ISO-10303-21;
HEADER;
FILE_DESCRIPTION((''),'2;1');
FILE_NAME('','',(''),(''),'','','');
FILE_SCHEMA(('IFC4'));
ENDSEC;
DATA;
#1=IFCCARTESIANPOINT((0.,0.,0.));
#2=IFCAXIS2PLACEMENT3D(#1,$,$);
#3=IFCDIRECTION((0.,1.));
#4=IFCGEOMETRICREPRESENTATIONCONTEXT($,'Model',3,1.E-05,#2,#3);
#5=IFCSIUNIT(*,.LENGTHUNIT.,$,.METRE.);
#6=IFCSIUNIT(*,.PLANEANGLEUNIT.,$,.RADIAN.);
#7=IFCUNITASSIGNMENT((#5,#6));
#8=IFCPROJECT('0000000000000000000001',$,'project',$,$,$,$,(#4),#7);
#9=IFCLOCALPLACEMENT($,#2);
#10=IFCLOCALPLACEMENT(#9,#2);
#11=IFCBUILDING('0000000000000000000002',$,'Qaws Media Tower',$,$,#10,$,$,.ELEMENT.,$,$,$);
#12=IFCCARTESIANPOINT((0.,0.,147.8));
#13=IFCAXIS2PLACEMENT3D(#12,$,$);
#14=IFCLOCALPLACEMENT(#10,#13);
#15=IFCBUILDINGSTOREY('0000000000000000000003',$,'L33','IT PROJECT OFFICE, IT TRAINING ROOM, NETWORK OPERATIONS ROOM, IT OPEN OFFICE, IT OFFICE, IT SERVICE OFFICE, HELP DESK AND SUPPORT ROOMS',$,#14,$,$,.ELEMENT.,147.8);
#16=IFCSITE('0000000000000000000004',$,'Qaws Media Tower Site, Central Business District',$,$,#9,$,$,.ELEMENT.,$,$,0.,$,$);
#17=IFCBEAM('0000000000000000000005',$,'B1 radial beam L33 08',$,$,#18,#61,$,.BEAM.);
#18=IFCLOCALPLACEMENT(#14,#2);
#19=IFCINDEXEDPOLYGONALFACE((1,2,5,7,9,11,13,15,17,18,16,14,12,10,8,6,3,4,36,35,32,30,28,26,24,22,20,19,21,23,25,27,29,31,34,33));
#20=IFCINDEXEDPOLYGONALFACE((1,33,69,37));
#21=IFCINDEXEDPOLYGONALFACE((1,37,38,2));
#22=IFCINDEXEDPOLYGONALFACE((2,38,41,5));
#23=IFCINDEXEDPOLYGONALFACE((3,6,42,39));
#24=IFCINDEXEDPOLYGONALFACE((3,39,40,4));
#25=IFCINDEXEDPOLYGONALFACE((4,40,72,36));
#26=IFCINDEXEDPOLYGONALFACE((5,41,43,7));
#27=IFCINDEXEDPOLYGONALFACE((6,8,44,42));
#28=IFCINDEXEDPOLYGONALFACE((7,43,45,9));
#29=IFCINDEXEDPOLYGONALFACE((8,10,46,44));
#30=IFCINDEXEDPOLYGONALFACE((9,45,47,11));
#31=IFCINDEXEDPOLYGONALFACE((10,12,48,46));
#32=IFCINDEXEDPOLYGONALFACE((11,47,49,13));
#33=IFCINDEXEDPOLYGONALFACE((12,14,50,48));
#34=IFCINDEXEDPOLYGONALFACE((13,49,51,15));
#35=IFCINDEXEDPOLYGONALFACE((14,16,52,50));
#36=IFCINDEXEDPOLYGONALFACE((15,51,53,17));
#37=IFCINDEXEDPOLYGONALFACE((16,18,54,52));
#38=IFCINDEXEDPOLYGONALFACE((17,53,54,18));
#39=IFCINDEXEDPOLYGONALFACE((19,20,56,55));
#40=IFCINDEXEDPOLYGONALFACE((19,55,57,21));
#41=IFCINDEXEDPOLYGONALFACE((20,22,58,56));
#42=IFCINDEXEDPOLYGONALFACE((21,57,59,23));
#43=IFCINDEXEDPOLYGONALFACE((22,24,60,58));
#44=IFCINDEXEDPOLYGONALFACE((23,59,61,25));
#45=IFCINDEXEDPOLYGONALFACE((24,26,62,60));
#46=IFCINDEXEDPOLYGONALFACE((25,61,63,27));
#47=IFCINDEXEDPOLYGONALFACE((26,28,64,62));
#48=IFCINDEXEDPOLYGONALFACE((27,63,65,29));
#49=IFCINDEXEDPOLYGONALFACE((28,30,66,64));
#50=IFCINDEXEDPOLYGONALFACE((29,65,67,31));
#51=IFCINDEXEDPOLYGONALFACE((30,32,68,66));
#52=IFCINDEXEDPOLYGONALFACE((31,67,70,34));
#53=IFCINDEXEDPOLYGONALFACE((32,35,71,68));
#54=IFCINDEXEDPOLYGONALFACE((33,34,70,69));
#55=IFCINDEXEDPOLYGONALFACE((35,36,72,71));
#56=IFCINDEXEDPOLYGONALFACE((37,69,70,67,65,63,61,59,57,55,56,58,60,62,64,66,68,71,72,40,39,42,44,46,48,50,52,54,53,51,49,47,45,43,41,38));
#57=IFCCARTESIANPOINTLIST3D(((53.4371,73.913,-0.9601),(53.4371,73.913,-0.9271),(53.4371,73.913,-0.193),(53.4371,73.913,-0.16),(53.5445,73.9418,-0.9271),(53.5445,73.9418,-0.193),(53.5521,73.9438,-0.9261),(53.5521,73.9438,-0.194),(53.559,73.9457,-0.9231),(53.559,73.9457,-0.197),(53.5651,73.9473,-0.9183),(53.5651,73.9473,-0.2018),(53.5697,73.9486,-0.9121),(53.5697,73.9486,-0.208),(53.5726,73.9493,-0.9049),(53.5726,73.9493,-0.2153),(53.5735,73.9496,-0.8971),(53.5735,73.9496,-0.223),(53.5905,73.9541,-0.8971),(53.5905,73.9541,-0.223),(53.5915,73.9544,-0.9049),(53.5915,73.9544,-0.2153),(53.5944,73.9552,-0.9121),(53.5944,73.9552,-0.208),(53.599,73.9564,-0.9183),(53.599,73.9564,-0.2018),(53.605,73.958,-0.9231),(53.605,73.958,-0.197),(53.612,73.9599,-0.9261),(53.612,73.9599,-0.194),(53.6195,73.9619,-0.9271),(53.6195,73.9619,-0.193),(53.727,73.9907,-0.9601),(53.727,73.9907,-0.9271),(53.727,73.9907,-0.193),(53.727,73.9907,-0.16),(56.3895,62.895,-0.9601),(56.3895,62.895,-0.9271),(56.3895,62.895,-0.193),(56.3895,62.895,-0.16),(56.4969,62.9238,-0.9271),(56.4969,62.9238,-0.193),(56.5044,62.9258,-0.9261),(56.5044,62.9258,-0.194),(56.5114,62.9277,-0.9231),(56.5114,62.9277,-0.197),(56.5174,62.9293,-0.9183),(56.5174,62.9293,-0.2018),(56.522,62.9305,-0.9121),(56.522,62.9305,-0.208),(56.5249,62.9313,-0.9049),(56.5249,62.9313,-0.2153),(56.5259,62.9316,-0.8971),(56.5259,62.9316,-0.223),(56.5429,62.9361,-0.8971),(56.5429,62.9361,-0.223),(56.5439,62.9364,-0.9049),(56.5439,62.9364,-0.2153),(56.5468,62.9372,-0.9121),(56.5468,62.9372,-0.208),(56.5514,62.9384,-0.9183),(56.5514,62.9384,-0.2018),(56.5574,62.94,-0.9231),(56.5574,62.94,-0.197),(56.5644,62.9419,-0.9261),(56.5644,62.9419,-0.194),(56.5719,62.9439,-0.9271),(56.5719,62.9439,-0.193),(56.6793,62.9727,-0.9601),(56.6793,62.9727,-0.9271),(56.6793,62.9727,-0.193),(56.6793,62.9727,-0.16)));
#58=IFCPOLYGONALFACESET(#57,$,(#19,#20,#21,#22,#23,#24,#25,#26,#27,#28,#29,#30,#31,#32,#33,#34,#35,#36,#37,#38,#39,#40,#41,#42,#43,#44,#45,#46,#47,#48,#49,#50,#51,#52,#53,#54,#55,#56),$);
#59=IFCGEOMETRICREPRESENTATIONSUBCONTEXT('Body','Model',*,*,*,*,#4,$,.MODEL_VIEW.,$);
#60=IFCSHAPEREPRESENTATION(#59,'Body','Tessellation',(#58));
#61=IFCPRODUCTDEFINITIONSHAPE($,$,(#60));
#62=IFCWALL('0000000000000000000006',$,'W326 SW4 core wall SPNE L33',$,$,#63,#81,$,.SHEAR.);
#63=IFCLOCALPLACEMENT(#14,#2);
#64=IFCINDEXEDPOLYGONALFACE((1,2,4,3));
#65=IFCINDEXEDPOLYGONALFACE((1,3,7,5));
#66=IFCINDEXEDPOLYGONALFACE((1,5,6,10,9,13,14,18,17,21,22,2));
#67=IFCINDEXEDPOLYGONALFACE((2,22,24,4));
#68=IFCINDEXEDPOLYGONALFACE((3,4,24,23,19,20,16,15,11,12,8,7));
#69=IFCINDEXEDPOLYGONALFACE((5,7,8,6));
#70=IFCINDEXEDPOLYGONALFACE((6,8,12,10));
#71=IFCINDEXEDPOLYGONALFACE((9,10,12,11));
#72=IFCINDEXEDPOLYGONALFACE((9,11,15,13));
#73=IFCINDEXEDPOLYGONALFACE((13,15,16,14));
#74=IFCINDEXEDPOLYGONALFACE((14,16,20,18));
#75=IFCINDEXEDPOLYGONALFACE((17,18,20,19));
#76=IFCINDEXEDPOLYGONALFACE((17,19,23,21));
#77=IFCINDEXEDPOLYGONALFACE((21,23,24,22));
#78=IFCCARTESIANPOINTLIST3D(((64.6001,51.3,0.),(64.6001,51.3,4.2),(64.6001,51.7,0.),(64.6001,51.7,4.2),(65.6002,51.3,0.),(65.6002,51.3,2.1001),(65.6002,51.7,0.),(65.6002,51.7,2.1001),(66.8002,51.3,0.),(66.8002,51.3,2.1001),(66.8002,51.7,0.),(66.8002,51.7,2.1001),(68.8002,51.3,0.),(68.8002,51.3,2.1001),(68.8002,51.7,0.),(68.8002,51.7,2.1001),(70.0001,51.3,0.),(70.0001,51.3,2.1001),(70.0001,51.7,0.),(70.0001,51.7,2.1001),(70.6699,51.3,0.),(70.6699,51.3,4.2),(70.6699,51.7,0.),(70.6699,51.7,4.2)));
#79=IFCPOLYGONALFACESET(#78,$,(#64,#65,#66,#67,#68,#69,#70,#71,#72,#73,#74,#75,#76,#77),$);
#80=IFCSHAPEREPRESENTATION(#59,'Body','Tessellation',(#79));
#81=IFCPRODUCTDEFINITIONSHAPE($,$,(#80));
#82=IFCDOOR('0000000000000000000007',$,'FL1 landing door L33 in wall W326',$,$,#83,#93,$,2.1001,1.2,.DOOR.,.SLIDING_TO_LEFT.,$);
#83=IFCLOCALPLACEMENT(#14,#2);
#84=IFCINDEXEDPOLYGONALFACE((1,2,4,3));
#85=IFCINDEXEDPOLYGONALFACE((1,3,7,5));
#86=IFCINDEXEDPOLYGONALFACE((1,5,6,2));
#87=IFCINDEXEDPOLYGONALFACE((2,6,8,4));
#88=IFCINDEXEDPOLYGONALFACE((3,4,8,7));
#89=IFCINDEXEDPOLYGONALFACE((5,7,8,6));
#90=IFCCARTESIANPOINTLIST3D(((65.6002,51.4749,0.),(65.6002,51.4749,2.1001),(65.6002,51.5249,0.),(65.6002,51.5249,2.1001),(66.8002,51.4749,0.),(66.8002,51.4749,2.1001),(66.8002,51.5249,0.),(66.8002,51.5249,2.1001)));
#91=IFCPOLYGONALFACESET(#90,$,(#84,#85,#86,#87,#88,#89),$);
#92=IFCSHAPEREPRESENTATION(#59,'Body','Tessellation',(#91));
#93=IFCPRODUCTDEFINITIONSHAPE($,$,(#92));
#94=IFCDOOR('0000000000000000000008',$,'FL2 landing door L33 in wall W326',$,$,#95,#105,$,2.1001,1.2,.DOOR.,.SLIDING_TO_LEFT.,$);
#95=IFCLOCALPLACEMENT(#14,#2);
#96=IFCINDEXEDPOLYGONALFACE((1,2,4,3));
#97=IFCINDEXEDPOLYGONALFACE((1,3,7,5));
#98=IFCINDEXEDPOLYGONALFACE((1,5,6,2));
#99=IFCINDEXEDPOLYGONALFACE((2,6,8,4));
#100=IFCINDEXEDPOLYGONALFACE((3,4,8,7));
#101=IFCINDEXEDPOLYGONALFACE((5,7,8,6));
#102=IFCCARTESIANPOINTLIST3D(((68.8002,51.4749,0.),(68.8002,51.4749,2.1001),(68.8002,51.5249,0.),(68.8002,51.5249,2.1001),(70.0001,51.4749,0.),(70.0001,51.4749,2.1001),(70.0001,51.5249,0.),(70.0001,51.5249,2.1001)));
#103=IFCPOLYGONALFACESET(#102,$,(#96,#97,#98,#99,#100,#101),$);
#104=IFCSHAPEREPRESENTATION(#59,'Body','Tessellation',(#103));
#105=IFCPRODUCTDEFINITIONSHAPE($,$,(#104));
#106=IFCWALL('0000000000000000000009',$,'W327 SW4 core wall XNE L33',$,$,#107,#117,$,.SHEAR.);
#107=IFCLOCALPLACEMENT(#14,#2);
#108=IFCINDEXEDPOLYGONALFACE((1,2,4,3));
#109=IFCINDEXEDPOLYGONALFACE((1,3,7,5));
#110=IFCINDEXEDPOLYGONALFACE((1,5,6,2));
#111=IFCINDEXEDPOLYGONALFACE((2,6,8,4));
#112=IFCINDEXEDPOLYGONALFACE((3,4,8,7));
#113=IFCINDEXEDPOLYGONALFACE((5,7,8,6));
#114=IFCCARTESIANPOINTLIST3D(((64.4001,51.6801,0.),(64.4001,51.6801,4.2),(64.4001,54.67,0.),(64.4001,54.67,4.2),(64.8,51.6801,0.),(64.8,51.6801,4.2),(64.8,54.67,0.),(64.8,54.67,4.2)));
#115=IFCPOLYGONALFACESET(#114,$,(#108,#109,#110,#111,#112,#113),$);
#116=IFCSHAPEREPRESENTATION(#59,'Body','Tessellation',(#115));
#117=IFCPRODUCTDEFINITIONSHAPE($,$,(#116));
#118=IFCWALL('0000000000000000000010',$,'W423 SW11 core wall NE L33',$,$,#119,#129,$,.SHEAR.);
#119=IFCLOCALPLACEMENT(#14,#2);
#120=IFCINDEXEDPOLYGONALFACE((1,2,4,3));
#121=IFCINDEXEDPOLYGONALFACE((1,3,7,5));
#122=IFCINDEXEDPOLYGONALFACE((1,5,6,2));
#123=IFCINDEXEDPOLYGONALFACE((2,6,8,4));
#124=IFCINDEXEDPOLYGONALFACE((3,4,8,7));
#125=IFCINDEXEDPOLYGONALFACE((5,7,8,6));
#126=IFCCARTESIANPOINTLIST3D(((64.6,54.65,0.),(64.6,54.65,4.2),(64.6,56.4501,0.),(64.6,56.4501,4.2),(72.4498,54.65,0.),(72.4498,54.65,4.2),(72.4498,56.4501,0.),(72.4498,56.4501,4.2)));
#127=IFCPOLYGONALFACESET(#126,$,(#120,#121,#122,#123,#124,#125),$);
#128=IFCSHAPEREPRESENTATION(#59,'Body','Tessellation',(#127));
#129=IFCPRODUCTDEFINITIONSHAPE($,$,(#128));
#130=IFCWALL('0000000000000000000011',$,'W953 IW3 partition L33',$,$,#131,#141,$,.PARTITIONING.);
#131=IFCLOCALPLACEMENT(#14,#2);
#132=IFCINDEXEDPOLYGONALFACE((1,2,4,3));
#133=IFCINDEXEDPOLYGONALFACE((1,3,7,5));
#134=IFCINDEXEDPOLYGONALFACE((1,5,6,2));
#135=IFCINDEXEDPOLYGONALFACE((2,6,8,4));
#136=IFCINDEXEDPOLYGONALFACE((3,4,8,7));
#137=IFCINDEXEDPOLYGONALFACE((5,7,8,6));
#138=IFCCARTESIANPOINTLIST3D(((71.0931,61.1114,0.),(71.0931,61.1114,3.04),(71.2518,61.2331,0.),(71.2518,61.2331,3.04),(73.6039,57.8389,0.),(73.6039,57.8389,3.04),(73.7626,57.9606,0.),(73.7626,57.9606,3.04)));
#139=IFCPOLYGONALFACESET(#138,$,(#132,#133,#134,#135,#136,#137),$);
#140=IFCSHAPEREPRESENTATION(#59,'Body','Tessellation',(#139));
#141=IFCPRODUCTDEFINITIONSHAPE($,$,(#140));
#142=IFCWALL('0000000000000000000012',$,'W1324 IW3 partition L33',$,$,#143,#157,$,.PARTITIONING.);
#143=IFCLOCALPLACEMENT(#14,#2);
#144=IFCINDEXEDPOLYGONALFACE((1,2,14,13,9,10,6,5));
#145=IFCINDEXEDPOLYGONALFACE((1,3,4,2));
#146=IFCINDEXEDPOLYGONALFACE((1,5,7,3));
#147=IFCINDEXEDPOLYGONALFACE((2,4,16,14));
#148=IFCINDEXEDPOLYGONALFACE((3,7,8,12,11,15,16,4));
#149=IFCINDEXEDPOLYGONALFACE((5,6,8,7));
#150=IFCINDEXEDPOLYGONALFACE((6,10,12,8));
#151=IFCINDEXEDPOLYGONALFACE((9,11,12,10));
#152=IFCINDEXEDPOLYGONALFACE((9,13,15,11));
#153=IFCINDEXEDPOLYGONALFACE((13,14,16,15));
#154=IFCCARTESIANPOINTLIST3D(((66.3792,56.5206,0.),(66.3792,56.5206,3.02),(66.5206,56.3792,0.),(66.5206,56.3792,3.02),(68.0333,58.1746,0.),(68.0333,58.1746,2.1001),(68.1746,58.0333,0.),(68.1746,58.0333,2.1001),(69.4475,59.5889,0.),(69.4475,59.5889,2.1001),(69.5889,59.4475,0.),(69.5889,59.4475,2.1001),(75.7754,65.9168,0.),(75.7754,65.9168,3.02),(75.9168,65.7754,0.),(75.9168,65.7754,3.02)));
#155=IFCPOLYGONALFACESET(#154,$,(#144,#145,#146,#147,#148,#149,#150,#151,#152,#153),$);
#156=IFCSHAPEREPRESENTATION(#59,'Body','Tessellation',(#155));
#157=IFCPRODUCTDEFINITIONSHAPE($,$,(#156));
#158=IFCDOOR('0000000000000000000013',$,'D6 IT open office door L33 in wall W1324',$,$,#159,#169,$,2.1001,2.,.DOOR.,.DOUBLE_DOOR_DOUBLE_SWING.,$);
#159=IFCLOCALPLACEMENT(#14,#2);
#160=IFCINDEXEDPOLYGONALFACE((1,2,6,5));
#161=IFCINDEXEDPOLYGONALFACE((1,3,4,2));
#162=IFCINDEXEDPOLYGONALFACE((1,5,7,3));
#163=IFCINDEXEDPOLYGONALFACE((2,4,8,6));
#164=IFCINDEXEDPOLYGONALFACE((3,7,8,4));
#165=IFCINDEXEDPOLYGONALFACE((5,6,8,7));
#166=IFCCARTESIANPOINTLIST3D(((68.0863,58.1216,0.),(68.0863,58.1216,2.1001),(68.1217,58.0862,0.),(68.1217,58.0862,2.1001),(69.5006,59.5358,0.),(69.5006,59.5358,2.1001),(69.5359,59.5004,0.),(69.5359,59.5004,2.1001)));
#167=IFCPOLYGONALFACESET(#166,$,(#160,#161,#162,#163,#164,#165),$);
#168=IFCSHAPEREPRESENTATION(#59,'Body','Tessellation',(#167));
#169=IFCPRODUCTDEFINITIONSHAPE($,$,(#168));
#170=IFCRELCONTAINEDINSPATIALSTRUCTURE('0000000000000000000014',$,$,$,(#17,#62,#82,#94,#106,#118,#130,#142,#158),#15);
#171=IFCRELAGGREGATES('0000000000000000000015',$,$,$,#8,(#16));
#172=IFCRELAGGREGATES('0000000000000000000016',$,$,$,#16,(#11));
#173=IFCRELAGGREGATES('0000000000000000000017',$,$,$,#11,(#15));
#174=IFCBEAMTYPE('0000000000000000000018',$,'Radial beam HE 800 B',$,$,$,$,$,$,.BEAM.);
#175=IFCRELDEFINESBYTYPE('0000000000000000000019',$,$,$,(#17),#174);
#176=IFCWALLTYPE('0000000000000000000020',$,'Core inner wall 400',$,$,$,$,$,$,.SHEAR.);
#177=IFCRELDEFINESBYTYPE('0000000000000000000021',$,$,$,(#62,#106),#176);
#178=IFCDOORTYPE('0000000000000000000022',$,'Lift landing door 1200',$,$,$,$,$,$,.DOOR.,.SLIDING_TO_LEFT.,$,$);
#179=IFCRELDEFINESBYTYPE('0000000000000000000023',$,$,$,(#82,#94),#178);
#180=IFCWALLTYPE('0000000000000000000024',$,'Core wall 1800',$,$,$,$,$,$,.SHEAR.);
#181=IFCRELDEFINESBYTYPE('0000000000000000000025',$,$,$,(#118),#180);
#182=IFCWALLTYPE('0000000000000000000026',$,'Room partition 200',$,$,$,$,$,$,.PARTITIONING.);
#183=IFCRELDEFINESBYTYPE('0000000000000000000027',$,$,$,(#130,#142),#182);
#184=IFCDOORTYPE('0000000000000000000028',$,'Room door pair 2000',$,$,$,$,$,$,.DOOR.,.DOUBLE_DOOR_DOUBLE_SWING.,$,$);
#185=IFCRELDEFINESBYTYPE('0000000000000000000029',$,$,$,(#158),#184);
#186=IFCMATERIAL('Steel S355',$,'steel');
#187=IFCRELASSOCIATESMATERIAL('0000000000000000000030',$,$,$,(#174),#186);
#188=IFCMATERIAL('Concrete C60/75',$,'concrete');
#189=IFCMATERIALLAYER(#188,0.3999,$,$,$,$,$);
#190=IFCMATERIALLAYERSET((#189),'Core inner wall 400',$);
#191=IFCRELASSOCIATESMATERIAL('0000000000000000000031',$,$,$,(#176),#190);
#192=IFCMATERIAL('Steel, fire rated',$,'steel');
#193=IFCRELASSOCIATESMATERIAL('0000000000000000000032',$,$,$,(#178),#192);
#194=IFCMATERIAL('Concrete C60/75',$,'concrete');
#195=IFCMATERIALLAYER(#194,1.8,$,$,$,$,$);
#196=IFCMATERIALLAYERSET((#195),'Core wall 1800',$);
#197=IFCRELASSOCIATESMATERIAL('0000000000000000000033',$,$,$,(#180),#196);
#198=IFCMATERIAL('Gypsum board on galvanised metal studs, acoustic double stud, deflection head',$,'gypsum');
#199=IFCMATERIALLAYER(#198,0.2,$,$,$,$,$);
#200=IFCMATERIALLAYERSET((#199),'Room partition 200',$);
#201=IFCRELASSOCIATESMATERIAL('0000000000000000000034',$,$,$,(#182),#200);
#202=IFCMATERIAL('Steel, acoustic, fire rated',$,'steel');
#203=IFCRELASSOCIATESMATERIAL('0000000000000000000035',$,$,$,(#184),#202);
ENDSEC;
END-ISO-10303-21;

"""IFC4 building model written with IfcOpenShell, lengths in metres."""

from ifc_helpers import new_model, si_unit, direction, frame, frame_2d, origin, origin_2d, place, context, subcontext, project, spatial, rectangle, i_section, extrude, material, layer, layer_set, material_profile, profile_set, type_object, element, fill, save


model = new_model("IFC4")

# Units and contexts
model_context = context("Model", 3, precision=1e-05, world=origin(), true_north=direction((0.0, 1.0)))
body_context = subcontext(model_context, "Body", "Model", "MODEL_VIEW")
ifc_project = project(units=[si_unit("LENGTHUNIT", "METRE"), si_unit("PLANEANGLEUNIT", "RADIAN")], contexts=[model_context])

# Site, building, storey
site_placement = place(None, origin())
site = spatial("IfcSite", under=ifc_project, at=site_placement, Name="Qaws Media Tower Site, Central Business District", CompositionType="ELEMENT", RefElevation=0.0)
building_placement = place(site_placement, origin())
building = spatial("IfcBuilding", under=site, at=building_placement, Name="Qaws Media Tower", CompositionType="ELEMENT")
storey_placement = place(building_placement, frame((0.0, 0.0, 147.8)))
storey = spatial("IfcBuildingStorey", under=building, at=storey_placement, Name="L33", Description="IT PROJECT OFFICE, IT TRAINING ROOM, NETWORK OPERATIONS ROOM, IT OPEN OFFICE, IT OFFICE, IT SERVICE OFFICE, HELP DESK AND SUPPORT ROOMS", CompositionType="ELEMENT", Elevation=147.8)

# Beam
ifc_material_1 = material(Name="Steel S355", Category="steel")
ifc_material_profile_1 = material_profile(ifc_material_1, i_section(OverallWidth=0.3, OverallDepth=0.8, WebThickness=0.0176, FlangeThickness=0.033, FilletRadius=0.03, at=origin_2d()), Name="HE 800 B")
ifc_profile_set_1 = profile_set([ifc_material_profile_1], Name="Steel S355")
beam_type_1 = type_object("IfcBeamType", Name="Radial beam HE 800 B", PredefinedType="BEAM", material=ifc_profile_set_1)
beam_1_placement = place(storey_placement, frame((56.5344, 62.9338, -0.5601), z_axis=(-0.258828, 0.965923, 0.0), x_axis=(-0.965923, -0.258828, 0.0)))
element("IfcBeam", 1, at=beam_1_placement, inside=storey, type_object=beam_type_1, Name="B1 radial beam L33 08", PredefinedType="BEAM", context=body_context, shape_type="SweptSolid", body=[
    extrude(i_section(OverallWidth=0.3, OverallDepth=0.8, WebThickness=0.0176, FlangeThickness=0.033, FilletRadius=0.03, at=origin_2d()), origin(), (0.0, 0.0, 1.0), 11.4067),
])

# Wall, openings, doors
ifc_material_2 = material(Name="Concrete C60/75", Category="concrete")
ifc_layer_1 = layer(ifc_material_2, 0.3999)
ifc_layer_set_1 = layer_set([ifc_layer_1], Name="Core inner wall 400")
wall_type_1 = type_object("IfcWallType", Name="Core inner wall 400", PredefinedType="SHEAR", material=ifc_layer_set_1)
wall_1_placement = place(storey_placement, frame((64.6001, 51.5, 0.0), z_axis=(0.0, 0.0, 1.0), x_axis=(1.0, 0.0, 0.0)))
wall_1 = element("IfcWall", 2, at=wall_1_placement, inside=storey, type_object=wall_type_1, Name="W326 SW4 core wall SPNE L33", PredefinedType="SHEAR", context=body_context, shape_type="SweptSolid", body=[
    extrude(rectangle(XDim=6.0698, YDim=0.3999, at=frame_2d((3.0349, 0.0))), origin(), (0.0, 0.0, 1.0), 4.2),
])
opening_1_placement = place(wall_1_placement, frame((1.0, 0.0, 0.0)))
opening_1 = element("IfcOpeningElement", 3, at=opening_1_placement, cuts=wall_1, PredefinedType="OPENING", context=body_context, shape_type="SweptSolid", body=[
    extrude(rectangle(XDim=1.2, YDim=2.1001, at=frame_2d((0.6001, 1.05))), frame((0.0, 0.21, 0.0), z_axis=(0.0, -1.0, 0.0), x_axis=(1.0, 0.0, 0.0)), (0.0, 0.0, 1.0), 0.4199),
])
opening_2_placement = place(wall_1_placement, frame((4.2, 0.0, 0.0)))
opening_2 = element("IfcOpeningElement", 4, at=opening_2_placement, cuts=wall_1, PredefinedType="OPENING", context=body_context, shape_type="SweptSolid", body=[
    extrude(rectangle(XDim=1.2, YDim=2.1001, at=frame_2d((0.6001, 1.05))), frame((0.0, 0.21, 0.0), z_axis=(0.0, -1.0, 0.0), x_axis=(1.0, 0.0, 0.0)), (0.0, 0.0, 1.0), 0.4199),
])
ifc_material_3 = material(Name="Steel, fire rated", Category="steel")
door_type_1 = type_object("IfcDoorType", Name="Lift landing door 1200", OperationType="SLIDING_TO_LEFT", PredefinedType="DOOR", material=ifc_material_3)
door_1_placement = place(opening_1_placement, origin())
door_1 = element("IfcDoor", 5, at=door_1_placement, inside=storey, type_object=door_type_1, Name="FL1 landing door L33 in wall W326", OperationType="SLIDING_TO_LEFT", OverallHeight=2.1001, OverallWidth=1.2, PredefinedType="DOOR", context=body_context, shape_type="SweptSolid", body=[
    extrude(rectangle(XDim=1.2, YDim=2.1001, at=frame_2d((0.6001, 1.05))), frame((0.0, 0.0249, 0.0), z_axis=(0.0, -1.0, 0.0), x_axis=(1.0, 0.0, 0.0)), (0.0, 0.0, 1.0), 0.05),
])
fill(opening_1, door_1)
door_2_placement = place(opening_2_placement, origin())
door_2 = element("IfcDoor", 6, at=door_2_placement, inside=storey, type_object=door_type_1, Name="FL2 landing door L33 in wall W326", OperationType="SLIDING_TO_LEFT", OverallHeight=2.1001, OverallWidth=1.2, PredefinedType="DOOR", context=body_context, shape_type="SweptSolid", body=[
    extrude(rectangle(XDim=1.2, YDim=2.1001, at=frame_2d((0.6001, 1.05))), frame((0.0, 0.0249, 0.0), z_axis=(0.0, -1.0, 0.0), x_axis=(1.0, 0.0, 0.0)), (0.0, 0.0, 1.0), 0.05),
])
fill(opening_2, door_2)

# Walls
wall_2_placement = place(storey_placement, frame((64.6001, 51.6799, 0.0), z_axis=(0.0, 0.0, 1.0), x_axis=(0.0, 1.0, 0.0)))
element("IfcWall", 7, at=wall_2_placement, inside=storey, type_object=wall_type_1, Name="W327 SW4 core wall XNE L33", PredefinedType="SHEAR", context=body_context, shape_type="SweptSolid", body=[
    extrude(rectangle(XDim=2.99, YDim=0.3999, at=frame_2d((1.4951, 0.0))), origin(), (0.0, 0.0, 1.0), 4.2),
])
ifc_material_4 = material(Name="Concrete C60/75", Category="concrete")
ifc_layer_2 = layer(ifc_material_4, 1.8)
ifc_layer_set_2 = layer_set([ifc_layer_2], Name="Core wall 1800")
wall_type_2 = type_object("IfcWallType", Name="Core wall 1800", PredefinedType="SHEAR", material=ifc_layer_set_2)
wall_3_placement = place(storey_placement, frame((64.6001, 55.55, 0.0), z_axis=(0.0, 0.0, 1.0), x_axis=(1.0, 0.0, 0.0)))
element("IfcWall", 8, at=wall_3_placement, inside=storey, type_object=wall_type_2, Name="W423 SW11 core wall NE L33", PredefinedType="SHEAR", context=body_context, shape_type="SweptSolid", body=[
    extrude(rectangle(XDim=7.8499, YDim=1.8, at=frame_2d((3.9248, 0.0))), origin(), (0.0, 0.0, 1.0), 4.2),
])
ifc_material_5 = material(Name="Gypsum board on galvanised metal studs, acoustic double stud, deflection head", Category="gypsum")
ifc_layer_3 = layer(ifc_material_5, 0.2)
ifc_layer_set_3 = layer_set([ifc_layer_3], Name="Room partition 200")
wall_type_3 = type_object("IfcWallType", Name="Room partition 200", PredefinedType="PARTITIONING", material=ifc_layer_set_3)
wall_4_placement = place(storey_placement, frame((71.1724, 61.1724, 0.0), z_axis=(0.0, 0.0, 1.0), x_axis=(0.608715, -0.793389, 0.0)))
element("IfcWall", 9, at=wall_4_placement, inside=storey, type_object=wall_type_3, Name="W953 IW3 partition L33", PredefinedType="PARTITIONING", context=body_context, shape_type="SweptSolid", body=[
    extrude(rectangle(XDim=4.1248, YDim=0.2, at=frame_2d((2.0625, 0.0))), origin(), (0.0, 0.0, 1.0), 3.04),
])

# Wall, opening, door
wall_5_placement = place(storey_placement, frame((66.45, 56.45, 0.0), z_axis=(0.0, 0.0, 1.0), x_axis=(0.707107, 0.707107, 0.0)))
wall_5 = element("IfcWall", 10, at=wall_5_placement, inside=storey, type_object=wall_type_3, Name="W1324 IW3 partition L33", PredefinedType="PARTITIONING", context=body_context, shape_type="SweptSolid", body=[
    extrude(rectangle(XDim=13.2883, YDim=0.2, at=frame_2d((6.644, 0.0))), origin(), (0.0, 0.0, 1.0), 3.02),
])
opening_3_placement = place(wall_5_placement, frame((2.3391, 0.0, 0.0)))
opening_3 = element("IfcOpeningElement", 11, at=opening_3_placement, cuts=wall_5, PredefinedType="OPENING", context=body_context, shape_type="SweptSolid", body=[
    extrude(rectangle(XDim=2.0, YDim=2.1001, at=frame_2d((1.0, 1.05))), frame((0.0, 0.1099, 0.0), z_axis=(0.0, -1.0, 0.0), x_axis=(1.0, 0.0, 0.0)), (0.0, 0.0, 1.0), 0.22),
])
ifc_material_6 = material(Name="Steel, acoustic, fire rated", Category="steel")
door_type_2 = type_object("IfcDoorType", Name="Room door pair 2000", OperationType="DOUBLE_DOOR_DOUBLE_SWING", PredefinedType="DOOR", material=ifc_material_6)
door_3_placement = place(opening_3_placement, origin())
door_3 = element("IfcDoor", 12, at=door_3_placement, inside=storey, type_object=door_type_2, Name="D6 IT open office door L33 in wall W1324", OperationType="DOUBLE_DOOR_DOUBLE_SWING", OverallHeight=2.1001, OverallWidth=2.0, PredefinedType="DOOR", context=body_context, shape_type="SweptSolid", body=[
    extrude(rectangle(XDim=2.0, YDim=2.1001, at=frame_2d((1.0, 1.05))), frame((0.0, 0.0249, 0.0), z_axis=(0.0, -1.0, 0.0), x_axis=(1.0, 0.0, 0.0)), (0.0, 0.0, 1.0), 0.05),
])
fill(opening_3, door_3)

save(model, "model.ifc")
